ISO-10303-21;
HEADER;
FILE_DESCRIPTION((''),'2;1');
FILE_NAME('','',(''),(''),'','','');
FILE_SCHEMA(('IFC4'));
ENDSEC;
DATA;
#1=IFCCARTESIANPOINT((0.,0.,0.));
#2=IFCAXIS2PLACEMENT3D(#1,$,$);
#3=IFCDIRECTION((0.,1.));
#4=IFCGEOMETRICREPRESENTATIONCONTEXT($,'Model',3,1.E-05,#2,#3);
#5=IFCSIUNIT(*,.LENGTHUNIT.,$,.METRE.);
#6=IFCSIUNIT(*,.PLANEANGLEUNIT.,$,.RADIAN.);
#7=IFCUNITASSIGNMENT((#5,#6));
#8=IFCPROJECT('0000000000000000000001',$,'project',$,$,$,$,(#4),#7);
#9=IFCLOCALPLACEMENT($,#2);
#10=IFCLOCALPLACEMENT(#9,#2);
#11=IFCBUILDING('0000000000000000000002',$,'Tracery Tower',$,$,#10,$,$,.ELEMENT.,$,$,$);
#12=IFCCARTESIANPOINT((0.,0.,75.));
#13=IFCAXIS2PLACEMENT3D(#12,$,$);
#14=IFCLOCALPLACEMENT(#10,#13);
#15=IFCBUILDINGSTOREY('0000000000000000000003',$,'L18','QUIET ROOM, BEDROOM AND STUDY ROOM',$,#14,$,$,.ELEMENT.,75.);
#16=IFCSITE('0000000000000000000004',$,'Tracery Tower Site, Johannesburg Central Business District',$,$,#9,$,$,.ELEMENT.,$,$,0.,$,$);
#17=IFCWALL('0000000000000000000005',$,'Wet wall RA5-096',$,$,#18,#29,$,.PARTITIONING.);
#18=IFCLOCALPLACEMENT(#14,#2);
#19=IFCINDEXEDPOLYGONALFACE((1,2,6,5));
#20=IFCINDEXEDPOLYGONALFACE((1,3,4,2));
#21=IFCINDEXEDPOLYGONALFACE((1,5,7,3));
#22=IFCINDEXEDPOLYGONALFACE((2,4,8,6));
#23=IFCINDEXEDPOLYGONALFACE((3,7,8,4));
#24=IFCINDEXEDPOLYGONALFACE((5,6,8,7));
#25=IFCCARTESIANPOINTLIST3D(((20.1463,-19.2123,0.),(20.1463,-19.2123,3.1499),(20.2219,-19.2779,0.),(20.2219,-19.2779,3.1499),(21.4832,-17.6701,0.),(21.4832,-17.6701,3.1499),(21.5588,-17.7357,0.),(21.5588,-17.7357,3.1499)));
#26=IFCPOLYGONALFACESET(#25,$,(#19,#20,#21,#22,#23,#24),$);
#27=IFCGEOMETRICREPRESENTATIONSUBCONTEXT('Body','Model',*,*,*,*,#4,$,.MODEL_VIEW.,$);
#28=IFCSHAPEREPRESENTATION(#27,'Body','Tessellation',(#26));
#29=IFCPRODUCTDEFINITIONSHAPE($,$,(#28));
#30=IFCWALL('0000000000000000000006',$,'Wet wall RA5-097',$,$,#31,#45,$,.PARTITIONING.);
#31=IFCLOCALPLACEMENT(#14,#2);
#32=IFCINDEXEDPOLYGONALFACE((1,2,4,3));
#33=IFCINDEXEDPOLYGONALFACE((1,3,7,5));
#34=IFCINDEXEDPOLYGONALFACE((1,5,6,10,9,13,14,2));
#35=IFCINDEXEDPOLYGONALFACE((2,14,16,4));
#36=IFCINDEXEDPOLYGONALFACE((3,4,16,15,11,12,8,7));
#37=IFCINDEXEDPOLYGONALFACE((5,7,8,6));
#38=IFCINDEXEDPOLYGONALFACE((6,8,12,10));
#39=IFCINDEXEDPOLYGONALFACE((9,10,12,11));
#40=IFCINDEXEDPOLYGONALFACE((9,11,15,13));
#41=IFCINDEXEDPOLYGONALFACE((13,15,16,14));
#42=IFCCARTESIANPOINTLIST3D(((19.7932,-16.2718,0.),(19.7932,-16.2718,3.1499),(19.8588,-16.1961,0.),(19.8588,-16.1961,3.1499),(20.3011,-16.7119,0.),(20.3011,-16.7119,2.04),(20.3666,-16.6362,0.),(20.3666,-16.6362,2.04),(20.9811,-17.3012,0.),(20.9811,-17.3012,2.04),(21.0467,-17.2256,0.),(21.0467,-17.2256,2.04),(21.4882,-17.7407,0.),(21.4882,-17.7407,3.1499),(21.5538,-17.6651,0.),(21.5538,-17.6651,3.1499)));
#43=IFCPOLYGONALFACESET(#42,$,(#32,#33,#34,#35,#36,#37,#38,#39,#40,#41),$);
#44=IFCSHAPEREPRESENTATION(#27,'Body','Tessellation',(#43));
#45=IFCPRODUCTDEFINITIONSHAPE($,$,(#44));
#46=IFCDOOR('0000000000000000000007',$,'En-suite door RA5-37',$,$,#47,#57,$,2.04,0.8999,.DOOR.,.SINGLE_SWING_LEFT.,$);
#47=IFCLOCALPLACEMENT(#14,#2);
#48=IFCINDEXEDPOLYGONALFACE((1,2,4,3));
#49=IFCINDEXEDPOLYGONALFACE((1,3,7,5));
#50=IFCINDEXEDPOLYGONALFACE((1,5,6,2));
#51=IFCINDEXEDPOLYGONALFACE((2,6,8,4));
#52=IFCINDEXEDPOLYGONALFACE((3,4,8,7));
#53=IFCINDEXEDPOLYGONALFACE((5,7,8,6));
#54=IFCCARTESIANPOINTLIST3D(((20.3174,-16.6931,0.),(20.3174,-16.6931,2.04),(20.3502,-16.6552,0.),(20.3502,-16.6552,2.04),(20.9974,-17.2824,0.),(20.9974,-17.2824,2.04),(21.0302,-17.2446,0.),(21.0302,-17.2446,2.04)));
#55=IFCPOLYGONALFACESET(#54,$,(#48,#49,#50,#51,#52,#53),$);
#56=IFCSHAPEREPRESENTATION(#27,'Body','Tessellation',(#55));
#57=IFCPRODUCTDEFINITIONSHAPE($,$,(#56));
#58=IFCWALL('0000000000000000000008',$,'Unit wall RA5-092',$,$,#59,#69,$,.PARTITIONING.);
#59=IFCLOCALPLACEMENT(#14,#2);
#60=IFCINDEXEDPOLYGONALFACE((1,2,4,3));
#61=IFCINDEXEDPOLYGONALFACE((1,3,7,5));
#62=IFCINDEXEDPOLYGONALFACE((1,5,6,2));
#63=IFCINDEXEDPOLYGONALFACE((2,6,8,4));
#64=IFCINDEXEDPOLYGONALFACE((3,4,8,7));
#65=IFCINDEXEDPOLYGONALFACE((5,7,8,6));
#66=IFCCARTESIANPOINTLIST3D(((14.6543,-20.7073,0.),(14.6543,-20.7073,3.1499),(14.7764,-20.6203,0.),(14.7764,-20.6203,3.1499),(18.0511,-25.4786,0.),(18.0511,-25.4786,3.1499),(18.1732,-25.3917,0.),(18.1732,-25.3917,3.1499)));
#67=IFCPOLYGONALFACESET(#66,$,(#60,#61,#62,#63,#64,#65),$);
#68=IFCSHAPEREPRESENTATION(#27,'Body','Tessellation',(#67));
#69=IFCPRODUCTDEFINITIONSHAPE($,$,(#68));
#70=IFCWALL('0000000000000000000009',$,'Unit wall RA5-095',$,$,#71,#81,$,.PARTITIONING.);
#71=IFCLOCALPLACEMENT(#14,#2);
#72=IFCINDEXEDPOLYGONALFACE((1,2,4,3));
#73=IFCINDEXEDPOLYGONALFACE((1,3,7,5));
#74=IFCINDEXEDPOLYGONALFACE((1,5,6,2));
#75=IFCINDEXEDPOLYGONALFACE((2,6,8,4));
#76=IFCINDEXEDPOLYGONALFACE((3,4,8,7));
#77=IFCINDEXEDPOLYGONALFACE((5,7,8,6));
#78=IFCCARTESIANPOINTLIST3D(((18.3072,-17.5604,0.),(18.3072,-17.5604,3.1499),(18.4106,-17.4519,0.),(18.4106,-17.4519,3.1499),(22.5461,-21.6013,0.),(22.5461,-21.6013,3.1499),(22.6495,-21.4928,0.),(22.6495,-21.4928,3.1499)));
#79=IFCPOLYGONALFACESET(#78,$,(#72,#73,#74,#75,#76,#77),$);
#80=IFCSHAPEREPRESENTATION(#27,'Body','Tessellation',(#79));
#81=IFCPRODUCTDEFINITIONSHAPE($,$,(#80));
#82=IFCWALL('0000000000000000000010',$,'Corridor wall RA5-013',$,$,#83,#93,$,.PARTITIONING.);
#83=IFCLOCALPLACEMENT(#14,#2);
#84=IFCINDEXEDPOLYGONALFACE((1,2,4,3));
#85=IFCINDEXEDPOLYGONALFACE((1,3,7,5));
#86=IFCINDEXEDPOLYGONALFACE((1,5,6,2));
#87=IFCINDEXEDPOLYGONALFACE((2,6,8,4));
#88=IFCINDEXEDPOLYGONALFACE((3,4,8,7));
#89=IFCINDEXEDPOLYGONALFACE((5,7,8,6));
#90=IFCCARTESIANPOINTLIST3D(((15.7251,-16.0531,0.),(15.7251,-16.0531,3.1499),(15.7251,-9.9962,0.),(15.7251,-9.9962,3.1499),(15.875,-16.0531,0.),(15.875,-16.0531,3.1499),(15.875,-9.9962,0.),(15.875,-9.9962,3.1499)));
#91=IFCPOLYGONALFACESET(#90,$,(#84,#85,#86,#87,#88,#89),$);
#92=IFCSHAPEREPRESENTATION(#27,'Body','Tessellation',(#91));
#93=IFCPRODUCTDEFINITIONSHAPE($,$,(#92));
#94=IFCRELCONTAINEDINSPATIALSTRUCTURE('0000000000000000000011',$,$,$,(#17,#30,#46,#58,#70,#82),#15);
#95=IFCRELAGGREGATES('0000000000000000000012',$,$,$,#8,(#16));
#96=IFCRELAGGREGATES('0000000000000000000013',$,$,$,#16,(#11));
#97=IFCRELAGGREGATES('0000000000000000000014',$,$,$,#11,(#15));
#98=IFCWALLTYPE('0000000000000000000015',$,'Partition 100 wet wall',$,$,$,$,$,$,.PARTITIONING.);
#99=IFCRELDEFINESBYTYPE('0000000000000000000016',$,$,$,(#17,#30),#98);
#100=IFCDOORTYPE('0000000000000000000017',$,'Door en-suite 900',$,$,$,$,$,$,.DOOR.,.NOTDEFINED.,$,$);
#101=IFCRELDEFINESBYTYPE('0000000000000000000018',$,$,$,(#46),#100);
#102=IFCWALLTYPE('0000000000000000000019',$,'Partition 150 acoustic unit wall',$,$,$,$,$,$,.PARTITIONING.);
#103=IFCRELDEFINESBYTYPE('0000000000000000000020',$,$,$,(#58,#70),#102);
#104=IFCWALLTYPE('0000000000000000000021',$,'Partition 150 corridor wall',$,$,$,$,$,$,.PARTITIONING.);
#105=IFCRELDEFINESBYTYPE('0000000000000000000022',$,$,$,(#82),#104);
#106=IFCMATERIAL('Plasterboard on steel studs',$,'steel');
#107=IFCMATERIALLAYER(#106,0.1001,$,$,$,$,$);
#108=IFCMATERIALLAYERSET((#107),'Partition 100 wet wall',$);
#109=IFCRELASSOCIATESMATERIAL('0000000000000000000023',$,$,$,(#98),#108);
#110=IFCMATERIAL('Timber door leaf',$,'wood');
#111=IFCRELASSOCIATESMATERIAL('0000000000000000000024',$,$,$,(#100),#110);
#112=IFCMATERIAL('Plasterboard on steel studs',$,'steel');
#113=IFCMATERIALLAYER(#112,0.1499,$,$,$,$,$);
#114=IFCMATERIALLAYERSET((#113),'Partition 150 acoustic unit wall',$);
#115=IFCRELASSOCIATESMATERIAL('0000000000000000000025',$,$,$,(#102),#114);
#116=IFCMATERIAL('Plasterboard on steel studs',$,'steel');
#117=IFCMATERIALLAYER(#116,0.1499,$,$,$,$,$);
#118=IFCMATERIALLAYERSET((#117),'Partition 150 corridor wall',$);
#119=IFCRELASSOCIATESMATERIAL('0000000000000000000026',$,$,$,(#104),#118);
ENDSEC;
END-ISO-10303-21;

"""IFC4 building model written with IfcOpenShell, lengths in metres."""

from ifc_helpers import new_model, si_unit, direction, frame, frame_2d, origin, place, context, subcontext, project, spatial, rectangle, extrude, material, layer, layer_set, type_object, element, fill, save


model = new_model("IFC4")

# Units and contexts
model_context = context("Model", 3, precision=1e-05, world=origin(), true_north=direction((0.0, 1.0)))
body_context = subcontext(model_context, "Body", "Model", "MODEL_VIEW")
ifc_project = project(units=[si_unit("LENGTHUNIT", "METRE"), si_unit("PLANEANGLEUNIT", "RADIAN")], contexts=[model_context])

# Site, building, storey
site_placement = place(None, origin())
site = spatial("IfcSite", under=ifc_project, at=site_placement, Name="Tracery Tower Site, Johannesburg Central Business District", CompositionType="ELEMENT", RefElevation=0.0)
building_placement = place(site_placement, origin())
building = spatial("IfcBuilding", under=site, at=building_placement, Name="Tracery Tower", CompositionType="ELEMENT")
storey_placement = place(building_placement, frame((0.0, 0.0, 75.0)))
storey = spatial("IfcBuildingStorey", under=building, at=storey_placement, Name="L18", Description="QUIET ROOM, BEDROOM AND STUDY ROOM", CompositionType="ELEMENT", Elevation=75.0)

# Shared definitions
ifc_material_1 = material(Name="Plasterboard on steel studs", Category="steel")
ifc_layer_1 = layer(ifc_material_1, 0.1001)
ifc_layer_set_1 = layer_set([ifc_layer_1], Name="Partition 100 wet wall")
wall_type_1 = type_object("IfcWallType", Name="Partition 100 wet wall", PredefinedType="PARTITIONING", material=ifc_layer_set_1)

# Shared definitions
ifc_material_2 = material(Name="Timber door leaf", Category="wood")
door_type = type_object("IfcDoorType", Name="Door en-suite 900", OperationType="NOTDEFINED", PredefinedType="DOOR", material=ifc_material_2)

# Wall
wall_1_placement = place(storey_placement, frame((20.1841, -19.2451, 0.0), z_axis=(0.0, 0.0, 1.0), x_axis=(0.655017, 0.755614, 0.0)))
element("IfcWall", 1, at=wall_1_placement, inside=storey, type_object=wall_type_1, Name="Wet wall RA5-096", PredefinedType="PARTITIONING", context=body_context, shape_type="SweptSolid", body=[
    extrude(rectangle(XDim=2.041, YDim=0.1001, at=frame_2d((1.0205, 0.0))), origin(), (0.0, 0.0, 1.0), 3.1499),
])

# Wall, opening, door
wall_2_placement = place(storey_placement, frame((19.8259, -16.2339, 0.0), z_axis=(0.0, 0.0, 1.0), x_axis=(0.755703, -0.654914, 0.0)))
wall_2 = element("IfcWall", 2, at=wall_2_placement, inside=storey, type_object=wall_type_1, Name="Wet wall RA5-097", PredefinedType="PARTITIONING", context=body_context, shape_type="SweptSolid", body=[
    extrude(rectangle(XDim=2.2429, YDim=0.1001, at=frame_2d((1.1216, 0.0))), origin(), (0.0, 0.0, 1.0), 3.1499),
])
opening_1_placement = place(wall_2_placement, frame((0.6721, 0.0, 0.0)))
opening_1 = element("IfcOpeningElement", 3, at=opening_1_placement, cuts=wall_2, PredefinedType="OPENING", context=body_context, shape_type="SweptSolid", body=[
    extrude(rectangle(XDim=0.8999, YDim=2.04, at=frame_2d((0.45, 1.02))), frame((0.0, 0.05, 0.0), z_axis=(0.0, -1.0, 0.0), x_axis=(1.0, 0.0, 0.0)), (0.0, 0.0, 1.0), 0.1001),
])
door_1_placement = place(opening_1_placement, origin())
door_1 = element("IfcDoor", 4, at=door_1_placement, inside=storey, type_object=door_type, Name="En-suite door RA5-37", OperationType="SINGLE_SWING_LEFT", OverallHeight=2.04, OverallWidth=0.8999, PredefinedType="DOOR", context=body_context, shape_type="SweptSolid", body=[
    extrude(rectangle(XDim=0.8999, YDim=2.04, at=frame_2d((0.45, 1.02))), frame((0.0, 0.0249, 0.0), z_axis=(0.0, -1.0, 0.0), x_axis=(1.0, 0.0, 0.0)), (0.0, 0.0, 1.0), 0.05),
])
fill(opening_1, door_1)

# Walls
ifc_material_3 = material(Name="Plasterboard on steel studs", Category="steel")
ifc_layer_2 = layer(ifc_material_3, 0.1499)
ifc_layer_set_2 = layer_set([ifc_layer_2], Name="Partition 150 acoustic unit wall")
wall_type_2 = type_object("IfcWallType", Name="Partition 150 acoustic unit wall", PredefinedType="PARTITIONING", material=ifc_layer_set_2)
wall_3_placement = place(storey_placement, frame((14.7153, -20.6638, 0.0), z_axis=(0.0, 0.0, 1.0), x_axis=(0.57996, -0.814645, 0.0)))
element("IfcWall", 5, at=wall_3_placement, inside=storey, type_object=wall_type_2, Name="Unit wall RA5-092", PredefinedType="PARTITIONING", context=body_context, shape_type="SweptSolid", body=[
    extrude(rectangle(XDim=5.8569, YDim=0.1499, at=frame_2d((2.9285, 0.0))), origin(), (0.0, 0.0, 1.0), 3.1499),
])
wall_4_placement = place(storey_placement, frame((18.3589, -17.5061, 0.0), z_axis=(0.0, 0.0, 1.0), x_axis=(0.723809, -0.690001, 0.0)))
element("IfcWall", 6, at=wall_4_placement, inside=storey, type_object=wall_type_2, Name="Unit wall RA5-095", PredefinedType="PARTITIONING", context=body_context, shape_type="SweptSolid", body=[
    extrude(rectangle(XDim=5.8564, YDim=0.1499, at=frame_2d((2.9282, 0.0))), origin(), (0.0, 0.0, 1.0), 3.1499),
])
ifc_material_4 = material(Name="Plasterboard on steel studs", Category="steel")
ifc_layer_3 = layer(ifc_material_4, 0.1499)
ifc_layer_set_3 = layer_set([ifc_layer_3], Name="Partition 150 corridor wall")
wall_type_3 = type_object("IfcWallType", Name="Partition 150 corridor wall", PredefinedType="PARTITIONING", material=ifc_layer_set_3)
wall_5_placement = place(storey_placement, frame((15.8, -16.053, 0.0), z_axis=(0.0, 0.0, 1.0), x_axis=(0.0, 1.0, 0.0)))
element("IfcWall", 7, at=wall_5_placement, inside=storey, type_object=wall_type_3, Name="Corridor wall RA5-013", PredefinedType="PARTITIONING", context=body_context, shape_type="SweptSolid", body=[
    extrude(rectangle(XDim=6.0569, YDim=0.1499, at=frame_2d((3.0283, 0.0))), origin(), (0.0, 0.0, 1.0), 3.1499),
])

save(model, "model.ifc")
